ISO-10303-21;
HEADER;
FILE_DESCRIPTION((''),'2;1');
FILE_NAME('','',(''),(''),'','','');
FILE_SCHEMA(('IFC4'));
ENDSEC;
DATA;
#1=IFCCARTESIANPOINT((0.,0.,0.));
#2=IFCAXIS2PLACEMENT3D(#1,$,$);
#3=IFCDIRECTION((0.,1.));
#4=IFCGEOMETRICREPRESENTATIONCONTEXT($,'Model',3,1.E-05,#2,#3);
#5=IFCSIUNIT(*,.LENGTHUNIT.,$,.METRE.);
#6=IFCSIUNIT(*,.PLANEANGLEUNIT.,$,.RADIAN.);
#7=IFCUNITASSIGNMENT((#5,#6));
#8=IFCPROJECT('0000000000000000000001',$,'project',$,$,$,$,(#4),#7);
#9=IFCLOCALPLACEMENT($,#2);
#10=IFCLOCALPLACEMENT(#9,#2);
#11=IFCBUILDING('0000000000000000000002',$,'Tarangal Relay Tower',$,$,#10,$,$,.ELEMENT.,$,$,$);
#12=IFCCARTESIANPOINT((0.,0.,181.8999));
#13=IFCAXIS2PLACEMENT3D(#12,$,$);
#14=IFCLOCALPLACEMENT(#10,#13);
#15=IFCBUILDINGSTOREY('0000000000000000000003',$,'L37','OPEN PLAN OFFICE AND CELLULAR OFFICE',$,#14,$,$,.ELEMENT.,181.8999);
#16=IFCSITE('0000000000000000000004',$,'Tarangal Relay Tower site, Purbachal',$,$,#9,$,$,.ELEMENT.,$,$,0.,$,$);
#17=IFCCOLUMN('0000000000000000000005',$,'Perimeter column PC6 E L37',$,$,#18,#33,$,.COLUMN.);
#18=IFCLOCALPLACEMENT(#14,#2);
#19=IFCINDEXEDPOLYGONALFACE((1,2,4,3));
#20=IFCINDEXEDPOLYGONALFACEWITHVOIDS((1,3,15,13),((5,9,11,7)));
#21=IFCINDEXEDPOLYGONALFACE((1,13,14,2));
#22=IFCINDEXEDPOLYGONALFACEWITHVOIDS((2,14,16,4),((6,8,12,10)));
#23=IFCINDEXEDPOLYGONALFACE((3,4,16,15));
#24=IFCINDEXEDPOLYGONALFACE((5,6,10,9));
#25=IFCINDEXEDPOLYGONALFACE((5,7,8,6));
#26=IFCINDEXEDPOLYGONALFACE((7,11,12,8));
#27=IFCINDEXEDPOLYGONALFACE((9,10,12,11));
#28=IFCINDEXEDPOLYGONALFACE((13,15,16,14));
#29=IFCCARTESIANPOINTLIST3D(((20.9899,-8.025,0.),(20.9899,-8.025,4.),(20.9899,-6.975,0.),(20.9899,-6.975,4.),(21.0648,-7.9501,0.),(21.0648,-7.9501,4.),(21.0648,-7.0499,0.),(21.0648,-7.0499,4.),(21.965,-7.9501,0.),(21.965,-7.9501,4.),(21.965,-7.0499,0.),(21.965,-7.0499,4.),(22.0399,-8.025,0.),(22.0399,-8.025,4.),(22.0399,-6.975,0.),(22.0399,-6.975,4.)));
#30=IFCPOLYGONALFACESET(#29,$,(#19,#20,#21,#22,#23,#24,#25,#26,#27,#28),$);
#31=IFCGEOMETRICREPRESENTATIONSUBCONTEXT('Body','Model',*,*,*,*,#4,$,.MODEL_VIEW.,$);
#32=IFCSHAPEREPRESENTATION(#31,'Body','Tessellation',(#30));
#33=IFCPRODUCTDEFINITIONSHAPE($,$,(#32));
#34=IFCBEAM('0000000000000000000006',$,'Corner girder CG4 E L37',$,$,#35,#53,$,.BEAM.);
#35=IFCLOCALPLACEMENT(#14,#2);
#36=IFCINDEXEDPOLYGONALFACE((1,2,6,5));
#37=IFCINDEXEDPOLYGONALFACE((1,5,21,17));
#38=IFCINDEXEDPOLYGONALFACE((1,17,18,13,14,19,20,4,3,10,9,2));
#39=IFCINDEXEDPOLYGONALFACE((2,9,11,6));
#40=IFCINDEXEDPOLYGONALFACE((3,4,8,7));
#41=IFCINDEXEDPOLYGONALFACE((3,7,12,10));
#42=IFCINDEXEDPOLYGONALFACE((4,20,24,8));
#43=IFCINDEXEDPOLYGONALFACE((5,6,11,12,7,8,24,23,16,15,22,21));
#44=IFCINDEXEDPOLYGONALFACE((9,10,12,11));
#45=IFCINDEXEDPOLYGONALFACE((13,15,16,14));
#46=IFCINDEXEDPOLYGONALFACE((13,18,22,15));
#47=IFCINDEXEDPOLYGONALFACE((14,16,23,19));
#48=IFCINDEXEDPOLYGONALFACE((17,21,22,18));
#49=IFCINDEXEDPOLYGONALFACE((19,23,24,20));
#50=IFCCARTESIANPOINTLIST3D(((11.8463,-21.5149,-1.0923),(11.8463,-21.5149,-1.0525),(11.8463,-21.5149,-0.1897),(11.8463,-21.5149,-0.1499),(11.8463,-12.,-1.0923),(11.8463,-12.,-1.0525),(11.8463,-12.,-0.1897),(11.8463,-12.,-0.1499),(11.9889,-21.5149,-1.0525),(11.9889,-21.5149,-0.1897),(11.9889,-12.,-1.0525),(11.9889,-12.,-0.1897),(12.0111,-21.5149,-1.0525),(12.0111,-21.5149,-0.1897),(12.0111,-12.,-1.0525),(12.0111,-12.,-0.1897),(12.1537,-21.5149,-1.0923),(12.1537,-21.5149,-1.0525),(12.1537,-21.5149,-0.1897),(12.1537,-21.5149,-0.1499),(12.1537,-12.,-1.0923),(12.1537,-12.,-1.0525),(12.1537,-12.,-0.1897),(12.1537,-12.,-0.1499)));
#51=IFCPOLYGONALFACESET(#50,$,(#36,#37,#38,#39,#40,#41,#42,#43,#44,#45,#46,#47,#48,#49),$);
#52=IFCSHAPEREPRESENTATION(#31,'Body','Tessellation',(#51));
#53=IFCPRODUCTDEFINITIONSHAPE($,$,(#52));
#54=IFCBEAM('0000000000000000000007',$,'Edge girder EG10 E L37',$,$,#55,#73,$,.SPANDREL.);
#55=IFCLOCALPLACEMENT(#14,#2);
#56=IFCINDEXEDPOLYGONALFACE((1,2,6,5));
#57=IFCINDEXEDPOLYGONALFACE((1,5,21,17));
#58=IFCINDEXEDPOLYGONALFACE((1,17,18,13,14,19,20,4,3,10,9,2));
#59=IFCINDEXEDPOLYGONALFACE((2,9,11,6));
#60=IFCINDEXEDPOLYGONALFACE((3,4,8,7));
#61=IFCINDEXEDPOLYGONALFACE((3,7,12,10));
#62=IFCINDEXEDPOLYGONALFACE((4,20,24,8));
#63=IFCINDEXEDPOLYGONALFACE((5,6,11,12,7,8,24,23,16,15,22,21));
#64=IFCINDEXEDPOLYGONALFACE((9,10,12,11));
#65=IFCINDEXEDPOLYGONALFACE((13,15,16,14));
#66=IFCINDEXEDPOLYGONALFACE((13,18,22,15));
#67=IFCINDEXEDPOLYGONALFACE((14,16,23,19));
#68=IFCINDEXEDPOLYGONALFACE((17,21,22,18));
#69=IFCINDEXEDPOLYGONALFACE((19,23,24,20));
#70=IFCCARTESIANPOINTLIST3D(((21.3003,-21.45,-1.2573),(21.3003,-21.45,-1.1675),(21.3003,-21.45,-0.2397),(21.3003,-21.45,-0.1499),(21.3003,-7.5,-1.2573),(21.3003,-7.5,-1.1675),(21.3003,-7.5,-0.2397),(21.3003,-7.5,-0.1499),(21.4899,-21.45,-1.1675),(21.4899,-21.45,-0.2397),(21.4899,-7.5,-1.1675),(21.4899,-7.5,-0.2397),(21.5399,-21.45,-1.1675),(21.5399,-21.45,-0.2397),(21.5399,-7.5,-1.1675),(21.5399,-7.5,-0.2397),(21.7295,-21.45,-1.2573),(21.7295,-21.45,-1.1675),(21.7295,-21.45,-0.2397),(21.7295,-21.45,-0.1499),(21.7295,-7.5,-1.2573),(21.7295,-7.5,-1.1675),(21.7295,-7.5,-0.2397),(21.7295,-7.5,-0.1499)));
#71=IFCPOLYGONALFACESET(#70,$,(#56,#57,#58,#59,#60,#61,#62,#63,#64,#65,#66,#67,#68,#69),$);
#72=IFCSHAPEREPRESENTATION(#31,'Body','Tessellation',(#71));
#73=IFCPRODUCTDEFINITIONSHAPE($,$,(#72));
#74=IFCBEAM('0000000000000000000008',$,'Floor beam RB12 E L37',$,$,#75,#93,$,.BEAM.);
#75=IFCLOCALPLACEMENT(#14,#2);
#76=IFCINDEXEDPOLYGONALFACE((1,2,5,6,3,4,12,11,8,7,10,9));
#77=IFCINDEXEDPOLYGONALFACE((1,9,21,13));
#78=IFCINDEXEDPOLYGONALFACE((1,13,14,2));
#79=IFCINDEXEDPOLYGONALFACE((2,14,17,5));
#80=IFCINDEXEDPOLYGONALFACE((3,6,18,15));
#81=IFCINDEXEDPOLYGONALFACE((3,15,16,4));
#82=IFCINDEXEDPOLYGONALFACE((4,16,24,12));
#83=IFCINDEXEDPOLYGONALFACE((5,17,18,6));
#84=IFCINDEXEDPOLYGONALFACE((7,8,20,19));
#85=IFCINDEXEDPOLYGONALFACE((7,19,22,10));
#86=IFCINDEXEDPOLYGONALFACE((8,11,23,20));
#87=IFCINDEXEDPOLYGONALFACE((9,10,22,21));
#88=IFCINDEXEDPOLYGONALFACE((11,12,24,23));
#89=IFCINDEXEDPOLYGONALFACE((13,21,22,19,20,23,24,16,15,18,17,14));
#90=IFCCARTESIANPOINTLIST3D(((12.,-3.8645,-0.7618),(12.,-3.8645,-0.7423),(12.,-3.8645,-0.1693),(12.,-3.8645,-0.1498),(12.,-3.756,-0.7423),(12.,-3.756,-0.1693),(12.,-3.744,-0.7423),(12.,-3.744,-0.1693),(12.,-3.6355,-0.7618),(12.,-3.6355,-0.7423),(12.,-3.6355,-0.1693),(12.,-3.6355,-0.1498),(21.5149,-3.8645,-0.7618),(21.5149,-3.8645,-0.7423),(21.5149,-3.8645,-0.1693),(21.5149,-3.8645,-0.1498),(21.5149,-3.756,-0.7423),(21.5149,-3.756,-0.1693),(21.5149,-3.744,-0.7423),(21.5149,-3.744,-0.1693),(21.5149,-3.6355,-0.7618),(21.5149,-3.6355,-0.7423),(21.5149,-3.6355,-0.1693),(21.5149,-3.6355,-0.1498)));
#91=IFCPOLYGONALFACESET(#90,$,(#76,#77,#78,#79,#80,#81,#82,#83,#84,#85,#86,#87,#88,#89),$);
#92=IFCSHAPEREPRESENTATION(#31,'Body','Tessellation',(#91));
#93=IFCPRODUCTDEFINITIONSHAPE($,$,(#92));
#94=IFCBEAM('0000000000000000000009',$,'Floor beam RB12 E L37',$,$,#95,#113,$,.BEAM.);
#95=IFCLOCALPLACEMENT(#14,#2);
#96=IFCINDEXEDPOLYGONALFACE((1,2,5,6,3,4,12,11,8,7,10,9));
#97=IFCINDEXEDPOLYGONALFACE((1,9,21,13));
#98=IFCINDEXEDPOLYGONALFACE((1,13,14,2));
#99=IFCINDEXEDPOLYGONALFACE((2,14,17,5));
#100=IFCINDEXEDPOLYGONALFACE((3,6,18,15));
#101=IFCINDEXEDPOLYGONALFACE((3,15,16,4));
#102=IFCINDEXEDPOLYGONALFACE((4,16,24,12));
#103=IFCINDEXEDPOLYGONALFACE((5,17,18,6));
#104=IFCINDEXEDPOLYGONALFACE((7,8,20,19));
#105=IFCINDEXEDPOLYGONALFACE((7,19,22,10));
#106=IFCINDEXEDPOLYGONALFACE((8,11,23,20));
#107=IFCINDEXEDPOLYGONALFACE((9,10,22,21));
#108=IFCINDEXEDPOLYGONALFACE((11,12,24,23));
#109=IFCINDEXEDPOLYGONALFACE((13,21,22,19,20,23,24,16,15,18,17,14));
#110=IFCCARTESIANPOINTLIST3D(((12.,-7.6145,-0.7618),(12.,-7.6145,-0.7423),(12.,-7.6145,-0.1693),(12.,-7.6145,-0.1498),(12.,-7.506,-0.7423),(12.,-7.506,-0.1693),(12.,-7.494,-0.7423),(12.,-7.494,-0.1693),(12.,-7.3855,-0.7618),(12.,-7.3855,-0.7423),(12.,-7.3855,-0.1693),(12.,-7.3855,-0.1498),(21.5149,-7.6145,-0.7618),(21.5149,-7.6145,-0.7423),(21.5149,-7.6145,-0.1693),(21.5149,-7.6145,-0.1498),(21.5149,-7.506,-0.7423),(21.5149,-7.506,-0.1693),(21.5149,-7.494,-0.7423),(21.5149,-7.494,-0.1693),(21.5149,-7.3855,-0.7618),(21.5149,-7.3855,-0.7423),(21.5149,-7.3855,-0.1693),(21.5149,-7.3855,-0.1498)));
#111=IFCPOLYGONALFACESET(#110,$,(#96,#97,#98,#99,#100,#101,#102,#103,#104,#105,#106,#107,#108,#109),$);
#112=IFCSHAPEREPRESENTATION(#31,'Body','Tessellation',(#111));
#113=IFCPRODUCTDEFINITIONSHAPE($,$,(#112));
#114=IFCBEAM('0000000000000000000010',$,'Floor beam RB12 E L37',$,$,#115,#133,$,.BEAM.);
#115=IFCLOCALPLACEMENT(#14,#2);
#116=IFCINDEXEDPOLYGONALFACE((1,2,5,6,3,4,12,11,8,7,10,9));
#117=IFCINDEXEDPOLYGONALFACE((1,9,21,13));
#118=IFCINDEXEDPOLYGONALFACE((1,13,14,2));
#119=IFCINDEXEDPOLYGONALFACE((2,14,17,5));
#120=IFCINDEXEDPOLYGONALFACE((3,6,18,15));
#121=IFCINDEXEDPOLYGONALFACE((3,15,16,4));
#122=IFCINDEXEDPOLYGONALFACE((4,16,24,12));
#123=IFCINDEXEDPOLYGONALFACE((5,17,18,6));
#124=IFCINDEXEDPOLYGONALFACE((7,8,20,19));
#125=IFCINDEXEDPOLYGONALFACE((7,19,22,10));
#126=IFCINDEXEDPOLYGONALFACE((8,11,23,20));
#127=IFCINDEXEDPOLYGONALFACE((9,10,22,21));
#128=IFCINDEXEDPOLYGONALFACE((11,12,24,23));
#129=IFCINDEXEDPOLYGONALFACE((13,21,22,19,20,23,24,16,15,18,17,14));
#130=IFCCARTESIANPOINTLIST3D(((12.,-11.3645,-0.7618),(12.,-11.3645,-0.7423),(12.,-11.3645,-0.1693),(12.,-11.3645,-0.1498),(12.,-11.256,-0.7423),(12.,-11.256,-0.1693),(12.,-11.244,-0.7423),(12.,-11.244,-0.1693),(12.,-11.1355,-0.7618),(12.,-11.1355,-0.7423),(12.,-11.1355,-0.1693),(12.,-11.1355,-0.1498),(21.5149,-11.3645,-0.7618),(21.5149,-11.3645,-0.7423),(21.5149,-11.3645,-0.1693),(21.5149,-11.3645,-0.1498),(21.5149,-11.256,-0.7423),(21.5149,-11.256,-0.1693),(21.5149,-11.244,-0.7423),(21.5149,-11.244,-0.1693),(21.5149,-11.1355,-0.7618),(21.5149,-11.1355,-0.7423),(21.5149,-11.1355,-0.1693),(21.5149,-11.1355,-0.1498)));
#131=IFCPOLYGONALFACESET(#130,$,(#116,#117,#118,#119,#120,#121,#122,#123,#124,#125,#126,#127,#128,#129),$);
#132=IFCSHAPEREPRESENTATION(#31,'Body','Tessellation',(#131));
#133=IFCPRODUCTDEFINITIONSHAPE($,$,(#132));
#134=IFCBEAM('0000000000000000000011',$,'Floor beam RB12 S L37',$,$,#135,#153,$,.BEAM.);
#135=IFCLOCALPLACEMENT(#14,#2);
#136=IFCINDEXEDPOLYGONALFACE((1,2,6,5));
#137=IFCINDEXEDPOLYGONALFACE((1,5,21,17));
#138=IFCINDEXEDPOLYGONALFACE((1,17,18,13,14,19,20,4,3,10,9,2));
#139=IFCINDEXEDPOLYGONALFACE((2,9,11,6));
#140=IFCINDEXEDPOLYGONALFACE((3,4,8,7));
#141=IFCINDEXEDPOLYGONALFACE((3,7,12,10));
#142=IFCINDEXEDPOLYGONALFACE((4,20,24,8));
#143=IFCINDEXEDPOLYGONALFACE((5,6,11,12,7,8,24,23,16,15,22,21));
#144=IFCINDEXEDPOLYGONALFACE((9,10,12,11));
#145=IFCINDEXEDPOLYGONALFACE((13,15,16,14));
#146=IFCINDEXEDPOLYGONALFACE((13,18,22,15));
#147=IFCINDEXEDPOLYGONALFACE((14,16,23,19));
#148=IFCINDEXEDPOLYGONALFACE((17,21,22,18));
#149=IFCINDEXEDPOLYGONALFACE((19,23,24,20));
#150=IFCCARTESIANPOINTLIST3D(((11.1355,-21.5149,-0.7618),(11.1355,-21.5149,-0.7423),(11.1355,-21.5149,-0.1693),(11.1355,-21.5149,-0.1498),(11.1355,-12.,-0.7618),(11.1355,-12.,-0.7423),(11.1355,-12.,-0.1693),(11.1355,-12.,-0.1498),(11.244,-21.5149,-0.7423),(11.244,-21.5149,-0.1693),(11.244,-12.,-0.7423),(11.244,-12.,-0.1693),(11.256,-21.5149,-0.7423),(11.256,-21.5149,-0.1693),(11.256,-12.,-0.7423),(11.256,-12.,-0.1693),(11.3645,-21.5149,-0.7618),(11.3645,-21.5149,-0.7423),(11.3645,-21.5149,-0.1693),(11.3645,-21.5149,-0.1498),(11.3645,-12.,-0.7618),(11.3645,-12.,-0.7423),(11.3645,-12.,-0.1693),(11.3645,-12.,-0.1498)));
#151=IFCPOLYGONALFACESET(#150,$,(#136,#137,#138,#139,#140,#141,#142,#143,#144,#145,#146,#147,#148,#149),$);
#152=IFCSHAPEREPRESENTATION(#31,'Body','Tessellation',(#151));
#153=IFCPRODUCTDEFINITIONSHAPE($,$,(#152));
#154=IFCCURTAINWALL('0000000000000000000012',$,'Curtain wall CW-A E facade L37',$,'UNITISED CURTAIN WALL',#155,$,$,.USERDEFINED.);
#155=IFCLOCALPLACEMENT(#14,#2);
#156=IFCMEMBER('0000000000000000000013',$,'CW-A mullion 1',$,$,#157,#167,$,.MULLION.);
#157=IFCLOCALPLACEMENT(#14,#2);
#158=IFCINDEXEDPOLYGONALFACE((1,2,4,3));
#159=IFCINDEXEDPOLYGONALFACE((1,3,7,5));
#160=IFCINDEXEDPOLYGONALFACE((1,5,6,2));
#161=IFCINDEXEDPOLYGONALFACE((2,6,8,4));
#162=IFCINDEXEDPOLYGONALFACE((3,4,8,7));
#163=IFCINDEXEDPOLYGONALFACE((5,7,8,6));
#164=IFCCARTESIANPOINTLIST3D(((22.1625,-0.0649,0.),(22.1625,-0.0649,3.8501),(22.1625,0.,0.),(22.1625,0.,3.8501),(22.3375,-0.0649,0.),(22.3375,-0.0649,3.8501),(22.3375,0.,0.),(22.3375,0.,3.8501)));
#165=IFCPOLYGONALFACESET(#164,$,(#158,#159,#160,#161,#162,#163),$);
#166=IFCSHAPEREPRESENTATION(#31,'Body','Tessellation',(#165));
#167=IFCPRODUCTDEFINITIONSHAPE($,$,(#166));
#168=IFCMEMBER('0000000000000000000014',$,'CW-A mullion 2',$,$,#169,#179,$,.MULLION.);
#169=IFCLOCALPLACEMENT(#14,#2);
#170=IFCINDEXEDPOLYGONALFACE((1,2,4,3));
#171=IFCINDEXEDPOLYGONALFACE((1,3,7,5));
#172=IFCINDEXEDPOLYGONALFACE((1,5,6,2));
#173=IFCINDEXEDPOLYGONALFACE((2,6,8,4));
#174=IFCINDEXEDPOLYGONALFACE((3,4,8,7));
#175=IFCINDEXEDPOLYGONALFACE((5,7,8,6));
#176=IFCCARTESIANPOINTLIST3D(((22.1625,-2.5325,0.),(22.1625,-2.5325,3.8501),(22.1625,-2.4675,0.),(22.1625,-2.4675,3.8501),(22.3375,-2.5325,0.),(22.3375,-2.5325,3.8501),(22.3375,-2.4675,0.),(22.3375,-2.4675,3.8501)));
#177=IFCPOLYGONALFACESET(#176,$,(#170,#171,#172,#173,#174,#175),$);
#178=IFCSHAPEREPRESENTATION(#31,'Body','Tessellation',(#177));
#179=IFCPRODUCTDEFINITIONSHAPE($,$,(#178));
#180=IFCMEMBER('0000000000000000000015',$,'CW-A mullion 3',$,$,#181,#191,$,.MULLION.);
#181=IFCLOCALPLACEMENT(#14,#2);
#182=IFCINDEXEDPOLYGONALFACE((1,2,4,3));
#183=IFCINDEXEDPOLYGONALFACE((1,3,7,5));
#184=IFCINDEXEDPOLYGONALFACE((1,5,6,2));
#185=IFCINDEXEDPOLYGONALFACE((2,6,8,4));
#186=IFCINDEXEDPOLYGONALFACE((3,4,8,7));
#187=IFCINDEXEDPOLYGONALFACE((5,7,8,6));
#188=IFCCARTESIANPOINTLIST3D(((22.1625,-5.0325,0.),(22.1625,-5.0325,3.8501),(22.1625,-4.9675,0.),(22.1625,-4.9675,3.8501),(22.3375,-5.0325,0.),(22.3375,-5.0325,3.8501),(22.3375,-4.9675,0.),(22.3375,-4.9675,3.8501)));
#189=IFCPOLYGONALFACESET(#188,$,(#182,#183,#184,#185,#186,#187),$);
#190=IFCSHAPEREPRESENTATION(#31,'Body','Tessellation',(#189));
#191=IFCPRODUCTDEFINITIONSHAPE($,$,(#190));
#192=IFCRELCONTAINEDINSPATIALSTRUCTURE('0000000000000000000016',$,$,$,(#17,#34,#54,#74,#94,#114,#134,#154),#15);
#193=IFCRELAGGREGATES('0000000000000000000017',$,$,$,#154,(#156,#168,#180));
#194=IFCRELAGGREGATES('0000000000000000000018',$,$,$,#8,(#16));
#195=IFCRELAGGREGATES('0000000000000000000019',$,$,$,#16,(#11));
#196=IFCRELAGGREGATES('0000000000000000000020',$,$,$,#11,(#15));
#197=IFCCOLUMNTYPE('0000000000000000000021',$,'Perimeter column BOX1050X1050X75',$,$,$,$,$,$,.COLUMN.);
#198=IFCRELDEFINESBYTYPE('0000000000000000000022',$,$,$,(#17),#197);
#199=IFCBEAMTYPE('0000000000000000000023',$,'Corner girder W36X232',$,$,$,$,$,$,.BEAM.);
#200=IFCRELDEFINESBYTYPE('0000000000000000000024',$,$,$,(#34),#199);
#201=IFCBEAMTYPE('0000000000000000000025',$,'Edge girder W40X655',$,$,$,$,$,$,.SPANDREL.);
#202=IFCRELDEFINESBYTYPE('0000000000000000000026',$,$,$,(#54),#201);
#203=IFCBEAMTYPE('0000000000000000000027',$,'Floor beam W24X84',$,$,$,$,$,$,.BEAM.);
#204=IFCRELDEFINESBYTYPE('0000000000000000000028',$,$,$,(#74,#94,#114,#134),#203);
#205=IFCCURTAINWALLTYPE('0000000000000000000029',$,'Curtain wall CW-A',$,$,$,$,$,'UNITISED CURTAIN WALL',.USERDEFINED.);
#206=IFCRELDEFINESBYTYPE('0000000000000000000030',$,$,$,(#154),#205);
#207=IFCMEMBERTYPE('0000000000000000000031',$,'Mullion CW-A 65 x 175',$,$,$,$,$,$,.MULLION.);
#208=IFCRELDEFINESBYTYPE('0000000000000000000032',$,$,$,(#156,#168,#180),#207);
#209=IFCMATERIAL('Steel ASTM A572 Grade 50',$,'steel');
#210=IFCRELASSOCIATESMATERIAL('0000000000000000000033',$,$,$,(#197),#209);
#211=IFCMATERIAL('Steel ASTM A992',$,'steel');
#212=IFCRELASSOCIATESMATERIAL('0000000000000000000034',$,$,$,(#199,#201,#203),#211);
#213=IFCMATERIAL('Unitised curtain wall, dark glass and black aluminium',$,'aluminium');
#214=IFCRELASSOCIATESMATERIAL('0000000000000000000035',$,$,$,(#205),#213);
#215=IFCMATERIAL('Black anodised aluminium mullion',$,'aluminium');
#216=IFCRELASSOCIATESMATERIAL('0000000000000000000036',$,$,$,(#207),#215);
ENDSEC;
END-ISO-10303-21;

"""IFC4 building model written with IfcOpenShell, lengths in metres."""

from ifc_helpers import new_model, si_unit, direction, frame, origin, origin_2d, place, context, subcontext, project, spatial, rectangle, hollow_rectangle, i_section, extrude, material, material_profile, profile_set, type_object, element, aggregate, save


model = new_model("IFC4")

# Units and contexts
model_context = context("Model", 3, precision=1e-05, world=origin(), true_north=direction((0.0, 1.0)))
body_context = subcontext(model_context, "Body", "Model", "MODEL_VIEW")
ifc_project = project(units=[si_unit("LENGTHUNIT", "METRE"), si_unit("PLANEANGLEUNIT", "RADIAN")], contexts=[model_context])

# Site, building, storey
site_placement = place(None, origin())
site = spatial("IfcSite", under=ifc_project, at=site_placement, Name="Tarangal Relay Tower site, Purbachal", CompositionType="ELEMENT", RefElevation=0.0)
building_placement = place(site_placement, origin())
building = spatial("IfcBuilding", under=site, at=building_placement, Name="Tarangal Relay Tower", CompositionType="ELEMENT")
storey_placement = place(building_placement, frame((0.0, 0.0, 181.8999)))
storey = spatial("IfcBuildingStorey", under=building, at=storey_placement, Name="L37", Description="OPEN PLAN OFFICE AND CELLULAR OFFICE", CompositionType="ELEMENT", Elevation=181.8999)

# Column
ifc_material_1 = material(Name="Steel ASTM A572 Grade 50", Category="steel")
ifc_material_profile_1 = material_profile(ifc_material_1, hollow_rectangle(XDim=1.05, YDim=1.05, WallThickness=0.075, at=origin_2d()), Name="BOX1050X1050X75")
ifc_profile_set_1 = profile_set([ifc_material_profile_1], Name="Steel ASTM A572 Grade 50")
column_type = type_object("IfcColumnType", Name="Perimeter column BOX1050X1050X75", PredefinedType="COLUMN", material=ifc_profile_set_1)
column_placement = place(storey_placement, frame((21.5149, -7.5, 0.0), z_axis=(0.0, 0.0, 1.0), x_axis=(1.0, 0.0, 0.0)))
element("IfcColumn", 1, at=column_placement, inside=storey, type_object=column_type, Name="Perimeter column PC6 E L37", PredefinedType="COLUMN", context=body_context, shape_type="SweptSolid", body=[
    extrude(hollow_rectangle(XDim=1.05, YDim=1.05, WallThickness=0.075, at=origin_2d()), origin(), (0.0, 0.0, 1.0), 4.0),
])

# Beams
ifc_material_2 = material(Name="Steel ASTM A992", Category="steel")
ifc_material_profile_2 = material_profile(ifc_material_2, i_section(OverallWidth=0.3074, OverallDepth=0.9424, WebThickness=0.0222, FlangeThickness=0.0398, at=origin_2d()), Name="W36X232")
ifc_profile_set_2 = profile_set([ifc_material_profile_2], Name="Steel ASTM A992")
beam_type_1 = type_object("IfcBeamType", Name="Corner girder W36X232", PredefinedType="BEAM", material=ifc_profile_set_2)
beam_1_placement = place(storey_placement, frame((12.0, -12.0, -0.6211), z_axis=(0.0, -1.0, 0.0), x_axis=(1.0, 0.0, 0.0)))
element("IfcBeam", 2, at=beam_1_placement, inside=storey, type_object=beam_type_1, Name="Corner girder CG4 E L37", PredefinedType="BEAM", context=body_context, shape_type="SweptSolid", body=[
    extrude(i_section(OverallWidth=0.3074, OverallDepth=0.9424, WebThickness=0.0222, FlangeThickness=0.0398, at=origin_2d()), origin(), (0.0, 0.0, 1.0), 9.5149),
])
ifc_material_profile_3 = material_profile(ifc_material_2, i_section(OverallWidth=0.4292, OverallDepth=1.1074, WebThickness=0.05, FlangeThickness=0.0898, at=origin_2d()), Name="W40X655")
ifc_profile_set_3 = profile_set([ifc_material_profile_3], Name="Steel ASTM A992")
beam_type_2 = type_object("IfcBeamType", Name="Edge girder W40X655", PredefinedType="SPANDREL", material=ifc_profile_set_3)
beam_2_placement = place(storey_placement, frame((21.5149, -7.5, -0.7036), z_axis=(0.0, -1.0, 0.0), x_axis=(1.0, 0.0, 0.0)))
element("IfcBeam", 3, at=beam_2_placement, inside=storey, type_object=beam_type_2, Name="Edge girder EG10 E L37", PredefinedType="SPANDREL", context=body_context, shape_type="SweptSolid", body=[
    extrude(i_section(OverallWidth=0.4292, OverallDepth=1.1074, WebThickness=0.05, FlangeThickness=0.0898, at=origin_2d()), origin(), (0.0, 0.0, 1.0), 13.95),
])
ifc_material_profile_4 = material_profile(ifc_material_2, i_section(OverallWidth=0.229, OverallDepth=0.6121, WebThickness=0.012, FlangeThickness=0.0195, at=origin_2d()), Name="W24X84")
ifc_profile_set_4 = profile_set([ifc_material_profile_4], Name="Steel ASTM A992")
beam_type_3 = type_object("IfcBeamType", Name="Floor beam W24X84", PredefinedType="BEAM", material=ifc_profile_set_4)
for number, where, z_axis, x_axis, name in (
    (4, (12.0, -3.75, -0.4558), (1.0, 0.0, 0.0), (0.0, 1.0, 0.0), "Floor beam RB12 E L37"),
    (5, (12.0, -7.5, -0.4558), (1.0, 0.0, 0.0), (0.0, 1.0, 0.0), "Floor beam RB12 E L37"),
    (6, (12.0, -11.25, -0.4558), (1.0, 0.0, 0.0), (0.0, 1.0, 0.0), "Floor beam RB12 E L37"),
    (7, (11.25, -12.0, -0.4558), (0.0, -1.0, 0.0), (1.0, 0.0, 0.0), "Floor beam RB12 S L37"),
):
    element("IfcBeam", number, at=place(storey_placement, frame(where, z_axis=z_axis, x_axis=x_axis)), inside=storey, type_object=beam_type_3, Name=name, PredefinedType="BEAM", context=body_context, shape_type="SweptSolid", body=[
        extrude(i_section(OverallWidth=0.229, OverallDepth=0.6121, WebThickness=0.012, FlangeThickness=0.0195, at=origin_2d()), origin(), (0.0, 0.0, 1.0), 9.5149),
    ])

# Curtain wall, members
ifc_material_3 = material(Name="Unitised curtain wall, dark glass and black aluminium", Category="aluminium")
curtain_wall_type = type_object("IfcCurtainWallType", Name="Curtain wall CW-A", ElementType="UNITISED CURTAIN WALL", PredefinedType="USERDEFINED", material=ifc_material_3)
curtain_wall_1_placement = place(storey_placement, origin())
curtain_wall_1 = element("IfcCurtainWall", 8, at=curtain_wall_1_placement, inside=storey, type_object=curtain_wall_type, Name="Curtain wall CW-A E facade L37", ObjectType="UNITISED CURTAIN WALL", PredefinedType="USERDEFINED")
ifc_material_4 = material(Name="Black anodised aluminium mullion", Category="aluminium")
ifc_material_profile_5 = material_profile(ifc_material_4, rectangle(XDim=0.175, YDim=0.0649, at=origin_2d()), Name="CW-AM 65X175")
ifc_profile_set_5 = profile_set([ifc_material_profile_5], Name="Black anodised aluminium mullion")
member_type_1 = type_object("IfcMemberType", Name="Mullion CW-A 65 x 175", PredefinedType="MULLION", material=ifc_profile_set_5)
member_1_placement = place(storey_placement, frame((22.25, -0.0325, 0.0), z_axis=(0.0, 0.0, 1.0), x_axis=(1.0, 0.0, 0.0)))
member_1 = element("IfcMember", 9, at=member_1_placement, type_object=member_type_1, Name="CW-A mullion 1", PredefinedType="MULLION", context=body_context, shape_type="SweptSolid", body=[
    extrude(rectangle(XDim=0.175, YDim=0.0649, at=origin_2d()), origin(), (0.0, 0.0, 1.0), 3.8501),
])
member_2_placement = place(storey_placement, frame((22.25, -2.5, 0.0), z_axis=(0.0, 0.0, 1.0), x_axis=(1.0, 0.0, 0.0)))
member_2 = element("IfcMember", 10, at=member_2_placement, type_object=member_type_1, Name="CW-A mullion 2", PredefinedType="MULLION", context=body_context, shape_type="SweptSolid", body=[
    extrude(rectangle(XDim=0.175, YDim=0.0649, at=origin_2d()), origin(), (0.0, 0.0, 1.0), 3.8501),
])
member_3_placement = place(storey_placement, frame((22.25, -5.0, 0.0), z_axis=(0.0, 0.0, 1.0), x_axis=(1.0, 0.0, 0.0)))
member_3 = element("IfcMember", 11, at=member_3_placement, type_object=member_type_1, Name="CW-A mullion 3", PredefinedType="MULLION", context=body_context, shape_type="SweptSolid", body=[
    extrude(rectangle(XDim=0.175, YDim=0.0649, at=origin_2d()), origin(), (0.0, 0.0, 1.0), 3.8501),
])

aggregate(curtain_wall_1, [member_1, member_2, member_3])

save(model, "model.ifc")
